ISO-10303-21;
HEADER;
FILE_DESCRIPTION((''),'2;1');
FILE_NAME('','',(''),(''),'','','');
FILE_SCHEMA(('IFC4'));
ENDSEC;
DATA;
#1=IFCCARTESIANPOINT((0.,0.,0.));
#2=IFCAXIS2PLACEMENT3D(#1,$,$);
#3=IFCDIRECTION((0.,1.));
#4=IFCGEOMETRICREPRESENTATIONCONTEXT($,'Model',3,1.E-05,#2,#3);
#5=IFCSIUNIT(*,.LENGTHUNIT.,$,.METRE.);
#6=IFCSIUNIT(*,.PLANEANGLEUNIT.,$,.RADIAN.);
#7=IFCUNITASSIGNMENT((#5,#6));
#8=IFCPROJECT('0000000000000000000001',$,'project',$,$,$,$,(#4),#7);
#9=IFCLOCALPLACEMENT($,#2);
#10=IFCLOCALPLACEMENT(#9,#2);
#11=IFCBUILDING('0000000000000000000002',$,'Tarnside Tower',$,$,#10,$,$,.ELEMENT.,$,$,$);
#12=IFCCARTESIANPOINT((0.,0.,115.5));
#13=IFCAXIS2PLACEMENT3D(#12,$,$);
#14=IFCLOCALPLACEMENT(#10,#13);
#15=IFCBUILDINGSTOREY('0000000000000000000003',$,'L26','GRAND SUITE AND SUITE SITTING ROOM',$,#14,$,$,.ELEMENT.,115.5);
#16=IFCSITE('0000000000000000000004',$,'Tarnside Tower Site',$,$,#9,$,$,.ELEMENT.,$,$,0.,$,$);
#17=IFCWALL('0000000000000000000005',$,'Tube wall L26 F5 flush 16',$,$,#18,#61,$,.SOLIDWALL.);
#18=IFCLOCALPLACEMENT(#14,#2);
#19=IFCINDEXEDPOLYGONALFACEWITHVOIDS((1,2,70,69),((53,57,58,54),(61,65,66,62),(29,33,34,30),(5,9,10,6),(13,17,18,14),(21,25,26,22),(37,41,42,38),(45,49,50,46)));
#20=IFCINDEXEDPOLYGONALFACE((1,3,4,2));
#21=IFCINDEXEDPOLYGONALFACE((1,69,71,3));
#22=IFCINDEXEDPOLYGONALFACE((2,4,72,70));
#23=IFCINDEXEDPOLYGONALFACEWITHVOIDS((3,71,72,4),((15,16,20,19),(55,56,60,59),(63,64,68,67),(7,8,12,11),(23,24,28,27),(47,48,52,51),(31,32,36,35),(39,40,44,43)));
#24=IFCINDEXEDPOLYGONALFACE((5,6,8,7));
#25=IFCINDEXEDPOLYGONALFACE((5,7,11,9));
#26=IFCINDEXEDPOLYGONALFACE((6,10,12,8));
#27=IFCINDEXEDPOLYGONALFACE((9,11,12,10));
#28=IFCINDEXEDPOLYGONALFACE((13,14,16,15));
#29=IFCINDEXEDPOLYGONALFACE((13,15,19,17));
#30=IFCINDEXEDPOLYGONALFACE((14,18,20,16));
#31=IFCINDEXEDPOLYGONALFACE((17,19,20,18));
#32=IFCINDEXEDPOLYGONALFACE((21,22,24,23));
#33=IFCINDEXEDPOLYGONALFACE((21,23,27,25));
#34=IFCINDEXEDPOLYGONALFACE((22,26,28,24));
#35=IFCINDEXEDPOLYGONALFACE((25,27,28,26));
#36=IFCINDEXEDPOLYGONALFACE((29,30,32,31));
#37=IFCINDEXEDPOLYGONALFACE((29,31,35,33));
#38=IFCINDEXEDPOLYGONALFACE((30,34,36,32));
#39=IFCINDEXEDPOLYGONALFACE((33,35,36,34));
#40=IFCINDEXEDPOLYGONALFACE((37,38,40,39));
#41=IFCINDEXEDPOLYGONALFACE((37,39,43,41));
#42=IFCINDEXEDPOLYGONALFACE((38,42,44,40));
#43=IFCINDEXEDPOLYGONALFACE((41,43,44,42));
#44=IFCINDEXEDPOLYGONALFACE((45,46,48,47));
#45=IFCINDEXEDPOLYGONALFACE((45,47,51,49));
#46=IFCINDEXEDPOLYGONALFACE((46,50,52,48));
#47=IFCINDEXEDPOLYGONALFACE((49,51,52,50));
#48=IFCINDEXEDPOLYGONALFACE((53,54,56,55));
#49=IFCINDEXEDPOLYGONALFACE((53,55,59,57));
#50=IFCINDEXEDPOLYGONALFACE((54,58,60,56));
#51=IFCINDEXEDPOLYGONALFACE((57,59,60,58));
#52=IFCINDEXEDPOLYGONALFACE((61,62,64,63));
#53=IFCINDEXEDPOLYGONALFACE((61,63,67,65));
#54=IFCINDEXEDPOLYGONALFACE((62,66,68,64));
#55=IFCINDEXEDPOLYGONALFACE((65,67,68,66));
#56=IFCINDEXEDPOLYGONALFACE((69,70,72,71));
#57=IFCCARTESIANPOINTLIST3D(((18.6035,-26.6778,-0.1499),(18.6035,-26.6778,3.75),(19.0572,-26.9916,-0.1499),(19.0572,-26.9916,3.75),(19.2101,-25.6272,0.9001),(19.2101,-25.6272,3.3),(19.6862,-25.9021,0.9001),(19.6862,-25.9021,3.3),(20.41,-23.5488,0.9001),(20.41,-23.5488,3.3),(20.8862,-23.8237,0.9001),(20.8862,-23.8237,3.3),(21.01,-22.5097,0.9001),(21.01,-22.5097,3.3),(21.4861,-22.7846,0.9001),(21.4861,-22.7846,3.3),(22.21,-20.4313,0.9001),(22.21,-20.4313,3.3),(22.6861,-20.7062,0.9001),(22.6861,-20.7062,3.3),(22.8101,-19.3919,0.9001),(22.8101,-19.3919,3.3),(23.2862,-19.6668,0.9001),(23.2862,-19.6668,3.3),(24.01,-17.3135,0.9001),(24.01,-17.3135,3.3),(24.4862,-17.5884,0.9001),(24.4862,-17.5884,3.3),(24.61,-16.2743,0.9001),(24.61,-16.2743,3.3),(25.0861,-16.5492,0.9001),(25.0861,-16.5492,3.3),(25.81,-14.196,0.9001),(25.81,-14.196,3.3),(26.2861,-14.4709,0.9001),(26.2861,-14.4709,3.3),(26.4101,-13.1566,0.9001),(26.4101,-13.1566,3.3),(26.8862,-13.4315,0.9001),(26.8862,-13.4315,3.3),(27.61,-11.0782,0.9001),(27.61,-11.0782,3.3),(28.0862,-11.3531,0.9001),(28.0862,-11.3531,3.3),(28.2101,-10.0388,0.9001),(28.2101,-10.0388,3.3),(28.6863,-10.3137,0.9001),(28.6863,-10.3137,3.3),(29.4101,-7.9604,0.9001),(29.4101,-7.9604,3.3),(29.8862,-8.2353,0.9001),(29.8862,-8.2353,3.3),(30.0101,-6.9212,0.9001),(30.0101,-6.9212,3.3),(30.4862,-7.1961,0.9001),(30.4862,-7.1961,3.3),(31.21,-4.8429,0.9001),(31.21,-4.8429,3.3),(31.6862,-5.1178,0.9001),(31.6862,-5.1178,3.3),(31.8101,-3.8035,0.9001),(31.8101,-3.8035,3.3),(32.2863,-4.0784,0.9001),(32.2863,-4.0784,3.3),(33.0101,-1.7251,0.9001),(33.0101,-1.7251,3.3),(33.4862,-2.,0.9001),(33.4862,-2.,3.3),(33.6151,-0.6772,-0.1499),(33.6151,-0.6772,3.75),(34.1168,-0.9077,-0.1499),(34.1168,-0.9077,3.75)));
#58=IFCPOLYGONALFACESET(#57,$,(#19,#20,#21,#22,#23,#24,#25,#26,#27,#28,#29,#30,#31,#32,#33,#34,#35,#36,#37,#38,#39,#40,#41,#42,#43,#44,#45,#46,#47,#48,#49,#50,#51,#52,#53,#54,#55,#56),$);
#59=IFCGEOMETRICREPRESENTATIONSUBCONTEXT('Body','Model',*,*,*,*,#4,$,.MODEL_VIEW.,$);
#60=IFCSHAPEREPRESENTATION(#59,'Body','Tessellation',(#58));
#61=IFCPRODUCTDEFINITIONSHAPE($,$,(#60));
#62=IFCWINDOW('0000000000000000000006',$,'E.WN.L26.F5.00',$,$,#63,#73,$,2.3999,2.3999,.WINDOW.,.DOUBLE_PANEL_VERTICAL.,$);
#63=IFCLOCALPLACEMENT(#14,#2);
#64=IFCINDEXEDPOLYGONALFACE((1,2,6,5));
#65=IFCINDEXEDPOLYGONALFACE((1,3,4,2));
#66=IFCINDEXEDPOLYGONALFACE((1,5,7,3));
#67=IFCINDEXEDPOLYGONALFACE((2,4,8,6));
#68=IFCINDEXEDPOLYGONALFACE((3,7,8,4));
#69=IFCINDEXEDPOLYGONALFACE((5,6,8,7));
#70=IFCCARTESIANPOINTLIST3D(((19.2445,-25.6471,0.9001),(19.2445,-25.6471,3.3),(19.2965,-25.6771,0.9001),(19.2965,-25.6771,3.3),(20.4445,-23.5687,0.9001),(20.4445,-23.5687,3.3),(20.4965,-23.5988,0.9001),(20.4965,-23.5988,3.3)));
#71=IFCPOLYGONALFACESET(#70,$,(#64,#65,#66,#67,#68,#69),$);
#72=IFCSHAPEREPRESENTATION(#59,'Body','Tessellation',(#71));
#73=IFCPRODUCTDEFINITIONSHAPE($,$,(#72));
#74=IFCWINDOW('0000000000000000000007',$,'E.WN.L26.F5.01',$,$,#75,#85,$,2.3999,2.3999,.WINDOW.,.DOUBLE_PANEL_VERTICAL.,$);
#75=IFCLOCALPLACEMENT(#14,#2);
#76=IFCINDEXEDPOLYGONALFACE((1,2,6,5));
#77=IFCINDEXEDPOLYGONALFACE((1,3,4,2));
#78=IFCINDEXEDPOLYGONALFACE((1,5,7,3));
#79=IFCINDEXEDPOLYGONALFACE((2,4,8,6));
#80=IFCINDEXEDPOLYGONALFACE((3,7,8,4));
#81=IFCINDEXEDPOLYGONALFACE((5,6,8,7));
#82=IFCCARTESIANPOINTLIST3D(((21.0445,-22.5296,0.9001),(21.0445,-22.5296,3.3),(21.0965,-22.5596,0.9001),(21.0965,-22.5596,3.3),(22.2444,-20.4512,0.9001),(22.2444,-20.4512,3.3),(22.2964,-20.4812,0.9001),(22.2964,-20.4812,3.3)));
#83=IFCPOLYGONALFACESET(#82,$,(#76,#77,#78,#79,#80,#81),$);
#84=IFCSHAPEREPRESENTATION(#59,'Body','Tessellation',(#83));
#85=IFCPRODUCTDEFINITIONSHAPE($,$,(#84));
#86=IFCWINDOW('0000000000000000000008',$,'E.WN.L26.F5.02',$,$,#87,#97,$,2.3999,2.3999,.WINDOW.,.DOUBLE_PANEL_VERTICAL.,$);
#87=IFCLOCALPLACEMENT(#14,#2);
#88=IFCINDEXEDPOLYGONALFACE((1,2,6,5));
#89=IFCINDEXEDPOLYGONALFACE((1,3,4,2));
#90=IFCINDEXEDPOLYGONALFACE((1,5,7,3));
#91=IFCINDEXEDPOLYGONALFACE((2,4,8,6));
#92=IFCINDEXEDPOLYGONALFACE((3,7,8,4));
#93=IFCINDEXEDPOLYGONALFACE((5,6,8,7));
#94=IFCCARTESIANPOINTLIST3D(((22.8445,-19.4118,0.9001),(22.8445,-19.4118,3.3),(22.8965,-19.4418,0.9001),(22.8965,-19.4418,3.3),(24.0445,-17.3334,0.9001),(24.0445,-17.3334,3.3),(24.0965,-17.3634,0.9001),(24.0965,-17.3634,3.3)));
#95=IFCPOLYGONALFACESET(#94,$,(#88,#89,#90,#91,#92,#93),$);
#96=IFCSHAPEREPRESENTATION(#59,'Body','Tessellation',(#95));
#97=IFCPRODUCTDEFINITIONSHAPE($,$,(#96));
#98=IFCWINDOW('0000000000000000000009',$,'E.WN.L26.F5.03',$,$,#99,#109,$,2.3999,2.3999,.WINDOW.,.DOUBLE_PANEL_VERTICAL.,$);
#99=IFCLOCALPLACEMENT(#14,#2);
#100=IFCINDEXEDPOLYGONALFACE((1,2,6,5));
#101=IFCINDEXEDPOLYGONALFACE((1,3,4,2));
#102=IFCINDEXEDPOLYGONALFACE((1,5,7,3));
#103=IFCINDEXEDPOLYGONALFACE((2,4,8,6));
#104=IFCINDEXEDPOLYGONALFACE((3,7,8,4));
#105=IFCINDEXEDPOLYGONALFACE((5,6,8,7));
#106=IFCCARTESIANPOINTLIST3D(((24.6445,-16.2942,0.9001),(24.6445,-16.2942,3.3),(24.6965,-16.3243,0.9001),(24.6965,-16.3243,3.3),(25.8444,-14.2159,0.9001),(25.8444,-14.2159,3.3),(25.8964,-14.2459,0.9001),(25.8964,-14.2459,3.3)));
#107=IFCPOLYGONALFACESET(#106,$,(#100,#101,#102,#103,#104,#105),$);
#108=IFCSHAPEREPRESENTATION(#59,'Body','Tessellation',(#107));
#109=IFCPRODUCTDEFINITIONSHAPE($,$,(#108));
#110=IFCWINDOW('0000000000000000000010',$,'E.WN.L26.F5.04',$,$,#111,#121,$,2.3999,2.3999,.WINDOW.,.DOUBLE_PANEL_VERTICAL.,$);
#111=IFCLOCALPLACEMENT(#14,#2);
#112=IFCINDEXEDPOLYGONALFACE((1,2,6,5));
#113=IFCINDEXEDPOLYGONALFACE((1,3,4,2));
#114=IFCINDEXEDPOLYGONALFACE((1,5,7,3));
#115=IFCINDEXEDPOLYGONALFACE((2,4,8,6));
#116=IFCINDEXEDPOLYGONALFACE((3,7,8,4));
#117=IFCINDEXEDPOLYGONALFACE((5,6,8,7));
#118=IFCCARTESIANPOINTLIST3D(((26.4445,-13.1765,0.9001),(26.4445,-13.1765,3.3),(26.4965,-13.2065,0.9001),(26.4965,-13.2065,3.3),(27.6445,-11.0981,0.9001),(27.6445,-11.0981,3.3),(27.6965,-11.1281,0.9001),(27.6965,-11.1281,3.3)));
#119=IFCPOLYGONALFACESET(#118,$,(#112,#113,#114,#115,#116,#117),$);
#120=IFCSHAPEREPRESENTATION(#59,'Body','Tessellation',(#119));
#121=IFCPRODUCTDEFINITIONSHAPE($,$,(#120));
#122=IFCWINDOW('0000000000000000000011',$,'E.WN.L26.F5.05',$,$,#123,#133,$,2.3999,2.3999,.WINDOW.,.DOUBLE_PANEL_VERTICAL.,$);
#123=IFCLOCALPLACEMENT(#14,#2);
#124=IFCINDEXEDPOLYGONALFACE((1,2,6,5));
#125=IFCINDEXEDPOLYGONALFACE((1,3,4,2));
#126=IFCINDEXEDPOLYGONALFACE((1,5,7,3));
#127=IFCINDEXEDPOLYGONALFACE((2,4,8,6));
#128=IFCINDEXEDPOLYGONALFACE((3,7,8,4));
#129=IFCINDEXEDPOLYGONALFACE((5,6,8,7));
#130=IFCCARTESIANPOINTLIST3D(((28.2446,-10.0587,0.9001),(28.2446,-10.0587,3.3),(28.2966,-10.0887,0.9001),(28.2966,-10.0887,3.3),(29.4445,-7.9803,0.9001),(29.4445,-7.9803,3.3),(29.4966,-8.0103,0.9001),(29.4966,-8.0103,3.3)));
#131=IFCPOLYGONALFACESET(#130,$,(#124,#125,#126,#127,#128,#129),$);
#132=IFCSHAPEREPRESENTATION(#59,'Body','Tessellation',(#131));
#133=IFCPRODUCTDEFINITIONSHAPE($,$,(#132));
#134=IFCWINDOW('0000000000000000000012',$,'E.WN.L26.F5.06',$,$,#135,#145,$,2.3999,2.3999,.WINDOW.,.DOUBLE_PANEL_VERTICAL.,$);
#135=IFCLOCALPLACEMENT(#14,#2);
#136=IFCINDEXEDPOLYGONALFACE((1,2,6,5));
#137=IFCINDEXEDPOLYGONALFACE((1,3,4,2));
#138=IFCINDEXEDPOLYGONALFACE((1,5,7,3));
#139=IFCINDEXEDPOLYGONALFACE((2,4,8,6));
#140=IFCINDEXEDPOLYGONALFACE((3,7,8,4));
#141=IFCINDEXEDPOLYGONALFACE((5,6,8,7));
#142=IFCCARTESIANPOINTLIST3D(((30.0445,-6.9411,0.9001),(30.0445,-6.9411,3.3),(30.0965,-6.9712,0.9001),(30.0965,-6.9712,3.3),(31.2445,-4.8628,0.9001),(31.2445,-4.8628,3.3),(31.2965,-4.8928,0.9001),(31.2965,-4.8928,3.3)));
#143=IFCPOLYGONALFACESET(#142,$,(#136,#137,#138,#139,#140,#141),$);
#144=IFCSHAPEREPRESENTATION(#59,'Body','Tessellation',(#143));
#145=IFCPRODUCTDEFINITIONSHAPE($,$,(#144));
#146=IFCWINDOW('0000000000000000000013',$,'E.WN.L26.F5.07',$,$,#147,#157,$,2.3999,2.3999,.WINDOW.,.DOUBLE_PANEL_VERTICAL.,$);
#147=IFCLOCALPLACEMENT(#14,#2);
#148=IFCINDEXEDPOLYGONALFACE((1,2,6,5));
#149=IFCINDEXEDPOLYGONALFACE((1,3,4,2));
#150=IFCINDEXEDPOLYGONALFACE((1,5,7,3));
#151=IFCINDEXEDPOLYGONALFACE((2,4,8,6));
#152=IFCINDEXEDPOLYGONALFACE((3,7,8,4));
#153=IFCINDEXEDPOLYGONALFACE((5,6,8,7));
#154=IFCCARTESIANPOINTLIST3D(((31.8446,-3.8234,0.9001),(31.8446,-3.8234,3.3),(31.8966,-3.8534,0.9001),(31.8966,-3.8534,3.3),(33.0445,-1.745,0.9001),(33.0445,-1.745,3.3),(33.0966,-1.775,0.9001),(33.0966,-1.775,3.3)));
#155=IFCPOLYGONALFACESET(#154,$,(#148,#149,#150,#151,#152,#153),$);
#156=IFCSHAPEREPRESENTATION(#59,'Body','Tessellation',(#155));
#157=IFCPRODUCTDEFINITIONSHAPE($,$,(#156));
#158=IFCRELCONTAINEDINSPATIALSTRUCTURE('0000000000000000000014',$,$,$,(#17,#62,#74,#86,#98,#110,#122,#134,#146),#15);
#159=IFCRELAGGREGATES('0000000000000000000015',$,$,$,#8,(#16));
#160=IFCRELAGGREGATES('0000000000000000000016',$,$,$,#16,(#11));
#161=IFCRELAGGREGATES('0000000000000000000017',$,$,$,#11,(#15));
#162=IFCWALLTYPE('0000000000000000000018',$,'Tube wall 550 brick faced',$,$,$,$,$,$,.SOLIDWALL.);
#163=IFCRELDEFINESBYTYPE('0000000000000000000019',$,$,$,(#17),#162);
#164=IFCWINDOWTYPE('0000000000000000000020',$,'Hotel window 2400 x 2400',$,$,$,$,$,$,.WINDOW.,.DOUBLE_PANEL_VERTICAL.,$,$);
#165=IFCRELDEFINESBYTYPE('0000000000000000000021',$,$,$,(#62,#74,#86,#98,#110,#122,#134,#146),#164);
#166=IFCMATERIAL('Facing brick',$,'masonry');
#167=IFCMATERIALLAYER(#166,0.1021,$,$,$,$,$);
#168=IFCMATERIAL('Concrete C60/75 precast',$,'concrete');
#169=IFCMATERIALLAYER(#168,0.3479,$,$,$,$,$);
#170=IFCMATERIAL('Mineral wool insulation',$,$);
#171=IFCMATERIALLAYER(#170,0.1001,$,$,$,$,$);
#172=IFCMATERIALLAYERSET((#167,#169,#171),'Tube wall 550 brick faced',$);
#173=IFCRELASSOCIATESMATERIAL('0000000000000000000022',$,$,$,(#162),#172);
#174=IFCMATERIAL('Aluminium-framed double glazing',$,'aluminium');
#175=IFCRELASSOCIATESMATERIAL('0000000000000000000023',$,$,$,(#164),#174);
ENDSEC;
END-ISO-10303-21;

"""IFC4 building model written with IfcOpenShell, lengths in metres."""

from ifc_helpers import new_model, si_unit, direction, frame, frame_2d, origin, place, context, subcontext, project, spatial, polyline, rectangle, outline, extrude, material, layer, layer_set, type_object, element, fill, save


model = new_model("IFC4")

# Units and contexts
model_context = context("Model", 3, precision=1e-05, world=origin(), true_north=direction((0.0, 1.0)))
body_context = subcontext(model_context, "Body", "Model", "MODEL_VIEW")
ifc_project = project(units=[si_unit("LENGTHUNIT", "METRE"), si_unit("PLANEANGLEUNIT", "RADIAN")], contexts=[model_context])

# Site, building, storey
site_placement = place(None, origin())
site = spatial("IfcSite", under=ifc_project, at=site_placement, Name="Tarnside Tower Site", CompositionType="ELEMENT", RefElevation=0.0)
building_placement = place(site_placement, origin())
building = spatial("IfcBuilding", under=site, at=building_placement, Name="Tarnside Tower", CompositionType="ELEMENT")
storey_placement = place(building_placement, frame((0.0, 0.0, 115.5)))
storey = spatial("IfcBuildingStorey", under=building, at=storey_placement, Name="L26", Description="GRAND SUITE AND SUITE SITTING ROOM", CompositionType="ELEMENT", Elevation=115.5)

# Shared definitions
ifc_material_1 = material(Name="Facing brick", Category="masonry")
ifc_layer_1 = layer(ifc_material_1, 0.1021)
ifc_material_2 = material(Name="Concrete C60/75 precast", Category="concrete")
ifc_layer_2 = layer(ifc_material_2, 0.3479)
ifc_material_3 = material(Name="Mineral wool insulation")
ifc_layer_3 = layer(ifc_material_3, 0.1001)
ifc_layer_set_1 = layer_set([ifc_layer_1, ifc_layer_2, ifc_layer_3], Name="Tube wall 550 brick faced")
wall_type_1 = type_object("IfcWallType", Name="Tube wall 550 brick faced", PredefinedType="SOLIDWALL", material=ifc_layer_set_1)

# Wall, openings, windows
wall_1_placement = place(storey_placement, frame((18.8303, -26.8347, -0.1499), z_axis=(0.0, 0.0, 1.0), x_axis=(0.500004, 0.866023, 0.0)))
wall_1 = element("IfcWall", 1, at=wall_1_placement, inside=storey, type_object=wall_type_1, Name="Tube wall L26 F5 flush 16", PredefinedType="SOLIDWALL", context=body_context, shape_type="SweptSolid", body=[
    extrude(outline(polyline([(-0.0225, -0.2749), (30.0967, -0.2749), (30.0454, 0.2749), (0.0225, 0.2749), (-0.0225, -0.2749)])), origin(), (0.0, 0.0, 1.0), 3.8999),
])
opening_1_placement = place(wall_1_placement, frame((1.2356, 0.0, 1.05)))
opening_1 = element("IfcOpeningElement", 2, at=opening_1_placement, cuts=wall_1, PredefinedType="OPENING", context=body_context, shape_type="SweptSolid", body=[
    extrude(rectangle(XDim=2.3999, YDim=2.3999, at=frame_2d((1.2, 1.2))), frame((0.0, 0.2852, 0.0), z_axis=(0.0, -1.0, 0.0), x_axis=(1.0, 0.0, 0.0)), (0.0, 0.0, 1.0), 0.5701),
])
opening_2_placement = place(wall_1_placement, frame((4.8354, 0.0, 1.05)))
opening_2 = element("IfcOpeningElement", 3, at=opening_2_placement, cuts=wall_1, PredefinedType="OPENING", context=body_context, shape_type="SweptSolid", body=[
    extrude(rectangle(XDim=2.3999, YDim=2.3999, at=frame_2d((1.2, 1.2))), frame((0.0, 0.2852, 0.0), z_axis=(0.0, -1.0, 0.0), x_axis=(1.0, 0.0, 0.0)), (0.0, 0.0, 1.0), 0.5701),
])
opening_3_placement = place(wall_1_placement, frame((8.4355, 0.0, 1.05)))
opening_3 = element("IfcOpeningElement", 4, at=opening_3_placement, cuts=wall_1, PredefinedType="OPENING", context=body_context, shape_type="SweptSolid", body=[
    extrude(rectangle(XDim=2.3999, YDim=2.3999, at=frame_2d((1.2, 1.2))), frame((0.0, 0.2852, 0.0), z_axis=(0.0, -1.0, 0.0), x_axis=(1.0, 0.0, 0.0)), (0.0, 0.0, 1.0), 0.5701),
])
opening_4_placement = place(wall_1_placement, frame((12.0354, 0.0, 1.05)))
opening_4 = element("IfcOpeningElement", 5, at=opening_4_placement, cuts=wall_1, PredefinedType="OPENING", context=body_context, shape_type="SweptSolid", body=[
    extrude(rectangle(XDim=2.3999, YDim=2.3999, at=frame_2d((1.2, 1.2))), frame((0.0, 0.2852, 0.0), z_axis=(0.0, -1.0, 0.0), x_axis=(1.0, 0.0, 0.0)), (0.0, 0.0, 1.0), 0.5701),
])
opening_5_placement = place(wall_1_placement, frame((15.6355, 0.0, 1.05)))
opening_5 = element("IfcOpeningElement", 6, at=opening_5_placement, cuts=wall_1, PredefinedType="OPENING", context=body_context, shape_type="SweptSolid", body=[
    extrude(rectangle(XDim=2.3999, YDim=2.3999, at=frame_2d((1.2, 1.2))), frame((0.0, 0.2852, 0.0), z_axis=(0.0, -1.0, 0.0), x_axis=(1.0, 0.0, 0.0)), (0.0, 0.0, 1.0), 0.5701),
])
opening_6_placement = place(wall_1_placement, frame((19.2356, 0.0, 1.05)))
opening_6 = element("IfcOpeningElement", 7, at=opening_6_placement, cuts=wall_1, PredefinedType="OPENING", context=body_context, shape_type="SweptSolid", body=[
    extrude(rectangle(XDim=2.3999, YDim=2.3999, at=frame_2d((1.2, 1.2))), frame((0.0, 0.2852, 0.0), z_axis=(0.0, -1.0, 0.0), x_axis=(1.0, 0.0, 0.0)), (0.0, 0.0, 1.0), 0.5701),
])
opening_7_placement = place(wall_1_placement, frame((22.8354, 0.0, 1.05)))
opening_7 = element("IfcOpeningElement", 8, at=opening_7_placement, cuts=wall_1, PredefinedType="OPENING", context=body_context, shape_type="SweptSolid", body=[
    extrude(rectangle(XDim=2.3999, YDim=2.3999, at=frame_2d((1.2, 1.2))), frame((0.0, 0.2852, 0.0), z_axis=(0.0, -1.0, 0.0), x_axis=(1.0, 0.0, 0.0)), (0.0, 0.0, 1.0), 0.5701),
])
opening_8_placement = place(wall_1_placement, frame((26.4355, 0.0, 1.05)))
opening_8 = element("IfcOpeningElement", 9, at=opening_8_placement, cuts=wall_1, PredefinedType="OPENING", context=body_context, shape_type="SweptSolid", body=[
    extrude(rectangle(XDim=2.3999, YDim=2.3999, at=frame_2d((1.2, 1.2))), frame((0.0, 0.2852, 0.0), z_axis=(0.0, -1.0, 0.0), x_axis=(1.0, 0.0, 0.0)), (0.0, 0.0, 1.0), 0.5701),
])
ifc_material_4 = material(Name="Aluminium-framed double glazing", Category="aluminium")
window_type = type_object("IfcWindowType", Name="Hotel window 2400 x 2400", PartitioningType="DOUBLE_PANEL_VERTICAL", PredefinedType="WINDOW", material=ifc_material_4)
window_1_placement = place(opening_1_placement, frame((0.0, 0.2051, 0.0)))
window_1 = element("IfcWindow", 10, at=window_1_placement, inside=storey, type_object=window_type, Name="E.WN.L26.F5.00", OverallHeight=2.3999, OverallWidth=2.3999, PartitioningType="DOUBLE_PANEL_VERTICAL", PredefinedType="WINDOW", context=body_context, shape_type="SweptSolid", body=[
    extrude(rectangle(XDim=2.3999, YDim=2.3999, at=frame_2d((1.2, 1.2))), frame((0.0, 0.03, 0.0), z_axis=(0.0, -1.0, 0.0), x_axis=(1.0, 0.0, 0.0)), (0.0, 0.0, 1.0), 0.0601),
])
fill(opening_1, window_1)
window_2_placement = place(opening_2_placement, frame((0.0, 0.2051, 0.0)))
window_2 = element("IfcWindow", 11, at=window_2_placement, inside=storey, type_object=window_type, Name="E.WN.L26.F5.01", OverallHeight=2.3999, OverallWidth=2.3999, PartitioningType="DOUBLE_PANEL_VERTICAL", PredefinedType="WINDOW", context=body_context, shape_type="SweptSolid", body=[
    extrude(rectangle(XDim=2.3999, YDim=2.3999, at=frame_2d((1.2, 1.2))), frame((0.0, 0.03, 0.0), z_axis=(0.0, -1.0, 0.0), x_axis=(1.0, 0.0, 0.0)), (0.0, 0.0, 1.0), 0.0601),
])
fill(opening_2, window_2)
window_3_placement = place(opening_3_placement, frame((0.0, 0.2051, 0.0)))
window_3 = element("IfcWindow", 12, at=window_3_placement, inside=storey, type_object=window_type, Name="E.WN.L26.F5.02", OverallHeight=2.3999, OverallWidth=2.3999, PartitioningType="DOUBLE_PANEL_VERTICAL", PredefinedType="WINDOW", context=body_context, shape_type="SweptSolid", body=[
    extrude(rectangle(XDim=2.3999, YDim=2.3999, at=frame_2d((1.2, 1.2))), frame((0.0, 0.03, 0.0), z_axis=(0.0, -1.0, 0.0), x_axis=(1.0, 0.0, 0.0)), (0.0, 0.0, 1.0), 0.0601),
])
fill(opening_3, window_3)
window_4_placement = place(opening_4_placement, frame((0.0, 0.2051, 0.0)))
window_4 = element("IfcWindow", 13, at=window_4_placement, inside=storey, type_object=window_type, Name="E.WN.L26.F5.03", OverallHeight=2.3999, OverallWidth=2.3999, PartitioningType="DOUBLE_PANEL_VERTICAL", PredefinedType="WINDOW", context=body_context, shape_type="SweptSolid", body=[
    extrude(rectangle(XDim=2.3999, YDim=2.3999, at=frame_2d((1.2, 1.2))), frame((0.0, 0.03, 0.0), z_axis=(0.0, -1.0, 0.0), x_axis=(1.0, 0.0, 0.0)), (0.0, 0.0, 1.0), 0.0601),
])
fill(opening_4, window_4)
window_5_placement = place(opening_5_placement, frame((0.0, 0.2051, 0.0)))
window_5 = element("IfcWindow", 14, at=window_5_placement, inside=storey, type_object=window_type, Name="E.WN.L26.F5.04", OverallHeight=2.3999, OverallWidth=2.3999, PartitioningType="DOUBLE_PANEL_VERTICAL", PredefinedType="WINDOW", context=body_context, shape_type="SweptSolid", body=[
    extrude(rectangle(XDim=2.3999, YDim=2.3999, at=frame_2d((1.2, 1.2))), frame((0.0, 0.03, 0.0), z_axis=(0.0, -1.0, 0.0), x_axis=(1.0, 0.0, 0.0)), (0.0, 0.0, 1.0), 0.0601),
])
fill(opening_5, window_5)
window_6_placement = place(opening_6_placement, frame((0.0, 0.2051, 0.0)))
window_6 = element("IfcWindow", 15, at=window_6_placement, inside=storey, type_object=window_type, Name="E.WN.L26.F5.05", OverallHeight=2.3999, OverallWidth=2.3999, PartitioningType="DOUBLE_PANEL_VERTICAL", PredefinedType="WINDOW", context=body_context, shape_type="SweptSolid", body=[
    extrude(rectangle(XDim=2.3999, YDim=2.3999, at=frame_2d((1.2, 1.2))), frame((0.0, 0.03, 0.0), z_axis=(0.0, -1.0, 0.0), x_axis=(1.0, 0.0, 0.0)), (0.0, 0.0, 1.0), 0.0601),
])
fill(opening_6, window_6)
window_7_placement = place(opening_7_placement, frame((0.0, 0.2051, 0.0)))
window_7 = element("IfcWindow", 16, at=window_7_placement, inside=storey, type_object=window_type, Name="E.WN.L26.F5.06", OverallHeight=2.3999, OverallWidth=2.3999, PartitioningType="DOUBLE_PANEL_VERTICAL", PredefinedType="WINDOW", context=body_context, shape_type="SweptSolid", body=[
    extrude(rectangle(XDim=2.3999, YDim=2.3999, at=frame_2d((1.2, 1.2))), frame((0.0, 0.03, 0.0), z_axis=(0.0, -1.0, 0.0), x_axis=(1.0, 0.0, 0.0)), (0.0, 0.0, 1.0), 0.0601),
])
fill(opening_7, window_7)
window_8_placement = place(opening_8_placement, frame((0.0, 0.2051, 0.0)))
window_8 = element("IfcWindow", 17, at=window_8_placement, inside=storey, type_object=window_type, Name="E.WN.L26.F5.07", OverallHeight=2.3999, OverallWidth=2.3999, PartitioningType="DOUBLE_PANEL_VERTICAL", PredefinedType="WINDOW", context=body_context, shape_type="SweptSolid", body=[
    extrude(rectangle(XDim=2.3999, YDim=2.3999, at=frame_2d((1.2, 1.2))), frame((0.0, 0.03, 0.0), z_axis=(0.0, -1.0, 0.0), x_axis=(1.0, 0.0, 0.0)), (0.0, 0.0, 1.0), 0.0601),
])
fill(opening_8, window_8)

save(model, "model.ifc")
